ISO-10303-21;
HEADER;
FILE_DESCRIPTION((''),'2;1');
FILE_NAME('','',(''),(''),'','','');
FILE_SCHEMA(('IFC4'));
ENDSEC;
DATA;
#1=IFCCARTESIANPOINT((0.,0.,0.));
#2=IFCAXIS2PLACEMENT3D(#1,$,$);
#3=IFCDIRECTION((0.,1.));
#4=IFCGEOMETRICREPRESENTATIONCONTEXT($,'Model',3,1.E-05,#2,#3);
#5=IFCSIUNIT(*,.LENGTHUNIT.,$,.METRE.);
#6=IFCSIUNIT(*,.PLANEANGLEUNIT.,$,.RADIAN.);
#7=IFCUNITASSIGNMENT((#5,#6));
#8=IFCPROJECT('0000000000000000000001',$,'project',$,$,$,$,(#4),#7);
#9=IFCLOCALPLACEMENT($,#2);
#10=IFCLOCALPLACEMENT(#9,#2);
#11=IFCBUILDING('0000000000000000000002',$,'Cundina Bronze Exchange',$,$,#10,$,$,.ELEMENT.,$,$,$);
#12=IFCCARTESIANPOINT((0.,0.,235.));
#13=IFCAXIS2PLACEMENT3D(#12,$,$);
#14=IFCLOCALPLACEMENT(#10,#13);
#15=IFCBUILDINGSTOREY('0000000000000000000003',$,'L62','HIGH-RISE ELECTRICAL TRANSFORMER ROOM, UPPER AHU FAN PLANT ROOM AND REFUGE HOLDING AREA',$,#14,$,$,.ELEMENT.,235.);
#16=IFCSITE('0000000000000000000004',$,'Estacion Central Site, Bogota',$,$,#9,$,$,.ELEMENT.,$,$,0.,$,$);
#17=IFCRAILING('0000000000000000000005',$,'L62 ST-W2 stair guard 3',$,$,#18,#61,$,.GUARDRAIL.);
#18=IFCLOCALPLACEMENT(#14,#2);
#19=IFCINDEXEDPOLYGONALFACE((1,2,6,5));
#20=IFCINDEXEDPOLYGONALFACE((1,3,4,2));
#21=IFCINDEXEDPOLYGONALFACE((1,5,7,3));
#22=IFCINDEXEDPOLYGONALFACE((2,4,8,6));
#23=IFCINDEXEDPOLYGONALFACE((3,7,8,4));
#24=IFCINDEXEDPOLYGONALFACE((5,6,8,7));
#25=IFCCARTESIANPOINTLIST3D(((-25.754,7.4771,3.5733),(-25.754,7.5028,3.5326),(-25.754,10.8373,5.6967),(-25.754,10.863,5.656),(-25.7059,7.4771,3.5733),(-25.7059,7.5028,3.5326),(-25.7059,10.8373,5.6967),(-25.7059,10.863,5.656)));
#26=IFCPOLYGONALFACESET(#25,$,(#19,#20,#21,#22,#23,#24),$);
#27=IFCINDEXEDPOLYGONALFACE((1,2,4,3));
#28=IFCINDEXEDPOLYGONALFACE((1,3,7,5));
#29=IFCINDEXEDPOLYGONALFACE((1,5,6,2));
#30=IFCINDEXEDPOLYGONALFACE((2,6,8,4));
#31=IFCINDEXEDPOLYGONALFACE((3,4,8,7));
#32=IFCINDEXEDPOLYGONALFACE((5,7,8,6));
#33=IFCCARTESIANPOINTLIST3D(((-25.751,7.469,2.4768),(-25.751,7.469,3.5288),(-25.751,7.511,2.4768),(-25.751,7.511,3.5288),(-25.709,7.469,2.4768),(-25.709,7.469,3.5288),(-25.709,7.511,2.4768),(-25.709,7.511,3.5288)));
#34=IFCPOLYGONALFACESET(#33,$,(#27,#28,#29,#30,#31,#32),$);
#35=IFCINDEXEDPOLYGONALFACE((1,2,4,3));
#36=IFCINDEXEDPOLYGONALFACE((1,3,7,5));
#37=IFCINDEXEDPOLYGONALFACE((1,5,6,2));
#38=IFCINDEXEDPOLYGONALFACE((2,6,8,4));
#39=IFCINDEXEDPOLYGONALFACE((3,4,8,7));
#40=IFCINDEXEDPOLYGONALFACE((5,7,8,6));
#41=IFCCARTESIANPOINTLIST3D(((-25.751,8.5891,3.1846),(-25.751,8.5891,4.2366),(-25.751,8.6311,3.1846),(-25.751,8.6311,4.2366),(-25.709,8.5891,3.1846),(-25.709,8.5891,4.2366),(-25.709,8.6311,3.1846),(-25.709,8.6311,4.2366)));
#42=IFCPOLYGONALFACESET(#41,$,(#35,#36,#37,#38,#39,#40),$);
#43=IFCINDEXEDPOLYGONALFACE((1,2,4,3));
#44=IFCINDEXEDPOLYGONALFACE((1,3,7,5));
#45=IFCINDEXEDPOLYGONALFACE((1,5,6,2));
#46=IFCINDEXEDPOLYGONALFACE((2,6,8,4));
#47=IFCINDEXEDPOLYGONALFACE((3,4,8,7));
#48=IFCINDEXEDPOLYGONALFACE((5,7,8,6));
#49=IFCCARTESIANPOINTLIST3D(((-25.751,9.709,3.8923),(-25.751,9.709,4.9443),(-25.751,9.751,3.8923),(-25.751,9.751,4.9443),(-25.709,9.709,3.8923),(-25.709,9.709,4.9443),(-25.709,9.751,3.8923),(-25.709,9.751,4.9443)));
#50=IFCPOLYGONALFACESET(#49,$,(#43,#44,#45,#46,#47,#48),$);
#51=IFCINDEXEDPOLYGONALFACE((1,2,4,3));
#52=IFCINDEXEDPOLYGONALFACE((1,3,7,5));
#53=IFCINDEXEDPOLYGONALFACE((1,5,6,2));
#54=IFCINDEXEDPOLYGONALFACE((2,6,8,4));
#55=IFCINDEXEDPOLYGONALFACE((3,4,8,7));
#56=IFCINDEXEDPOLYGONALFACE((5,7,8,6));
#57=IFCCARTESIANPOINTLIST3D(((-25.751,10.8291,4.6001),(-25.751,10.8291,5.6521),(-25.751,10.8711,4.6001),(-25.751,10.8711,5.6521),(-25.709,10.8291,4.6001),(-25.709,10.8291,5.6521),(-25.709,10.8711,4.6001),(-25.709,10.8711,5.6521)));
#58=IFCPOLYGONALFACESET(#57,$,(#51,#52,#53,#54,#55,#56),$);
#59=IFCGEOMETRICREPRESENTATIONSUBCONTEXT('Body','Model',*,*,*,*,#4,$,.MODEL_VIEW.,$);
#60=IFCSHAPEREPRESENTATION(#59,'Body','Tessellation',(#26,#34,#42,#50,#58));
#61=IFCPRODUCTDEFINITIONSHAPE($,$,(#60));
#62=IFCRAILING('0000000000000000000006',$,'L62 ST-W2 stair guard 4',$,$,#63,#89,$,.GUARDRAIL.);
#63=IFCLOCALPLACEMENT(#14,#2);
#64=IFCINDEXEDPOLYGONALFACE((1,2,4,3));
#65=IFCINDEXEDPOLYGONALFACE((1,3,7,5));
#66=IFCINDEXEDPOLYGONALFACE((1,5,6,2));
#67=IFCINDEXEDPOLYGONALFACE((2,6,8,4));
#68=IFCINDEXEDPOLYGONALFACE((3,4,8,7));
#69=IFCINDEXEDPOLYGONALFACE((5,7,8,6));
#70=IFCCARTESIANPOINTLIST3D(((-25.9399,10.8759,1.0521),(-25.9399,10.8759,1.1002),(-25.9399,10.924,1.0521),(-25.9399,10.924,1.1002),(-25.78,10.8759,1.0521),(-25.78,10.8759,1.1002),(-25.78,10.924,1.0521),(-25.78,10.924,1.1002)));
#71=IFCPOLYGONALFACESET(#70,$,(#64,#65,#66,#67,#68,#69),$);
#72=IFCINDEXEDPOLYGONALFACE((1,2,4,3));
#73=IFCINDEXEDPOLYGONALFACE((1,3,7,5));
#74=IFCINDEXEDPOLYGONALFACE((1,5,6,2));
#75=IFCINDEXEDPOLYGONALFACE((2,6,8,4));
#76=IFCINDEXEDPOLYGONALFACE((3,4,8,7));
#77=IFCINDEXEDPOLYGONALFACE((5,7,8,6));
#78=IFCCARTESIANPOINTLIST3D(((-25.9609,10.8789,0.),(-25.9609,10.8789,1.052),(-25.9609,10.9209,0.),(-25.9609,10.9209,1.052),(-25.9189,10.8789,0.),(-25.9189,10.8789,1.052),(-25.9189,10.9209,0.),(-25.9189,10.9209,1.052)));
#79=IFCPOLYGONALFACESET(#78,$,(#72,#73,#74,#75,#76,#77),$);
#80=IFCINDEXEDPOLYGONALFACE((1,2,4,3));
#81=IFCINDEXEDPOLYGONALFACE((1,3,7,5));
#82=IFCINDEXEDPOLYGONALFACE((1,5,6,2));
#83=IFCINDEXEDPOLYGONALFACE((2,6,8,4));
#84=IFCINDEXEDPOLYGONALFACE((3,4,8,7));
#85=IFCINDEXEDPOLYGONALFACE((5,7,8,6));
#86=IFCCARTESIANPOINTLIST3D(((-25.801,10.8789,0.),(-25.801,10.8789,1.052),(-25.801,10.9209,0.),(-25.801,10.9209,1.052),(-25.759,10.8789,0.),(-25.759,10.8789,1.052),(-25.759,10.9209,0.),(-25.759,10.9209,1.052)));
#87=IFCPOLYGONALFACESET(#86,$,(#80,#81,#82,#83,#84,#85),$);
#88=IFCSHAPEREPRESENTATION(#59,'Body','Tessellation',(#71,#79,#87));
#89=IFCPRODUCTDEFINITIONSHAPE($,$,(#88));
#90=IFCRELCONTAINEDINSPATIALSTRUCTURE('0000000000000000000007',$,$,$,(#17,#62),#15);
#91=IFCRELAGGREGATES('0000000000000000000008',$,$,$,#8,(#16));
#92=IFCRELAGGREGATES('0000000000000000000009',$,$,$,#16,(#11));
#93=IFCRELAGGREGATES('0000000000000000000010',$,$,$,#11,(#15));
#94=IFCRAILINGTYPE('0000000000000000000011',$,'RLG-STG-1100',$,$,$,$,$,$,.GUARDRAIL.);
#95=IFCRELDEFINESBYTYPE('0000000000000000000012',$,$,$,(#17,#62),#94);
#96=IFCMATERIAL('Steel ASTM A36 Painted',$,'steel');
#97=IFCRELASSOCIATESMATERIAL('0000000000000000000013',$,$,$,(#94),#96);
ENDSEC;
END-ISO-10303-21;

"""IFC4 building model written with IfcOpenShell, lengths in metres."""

from ifc_helpers import new_model, si_unit, direction, frame, origin, origin_2d, place, context, subcontext, project, spatial, rectangle, extrude, material, type_object, element, save


model = new_model("IFC4")

# Units and contexts
model_context = context("Model", 3, precision=1e-05, world=origin(), true_north=direction((0.0, 1.0)))
body_context = subcontext(model_context, "Body", "Model", "MODEL_VIEW")
ifc_project = project(units=[si_unit("LENGTHUNIT", "METRE"), si_unit("PLANEANGLEUNIT", "RADIAN")], contexts=[model_context])

# Site, building, storey
site_placement = place(None, origin())
site = spatial("IfcSite", under=ifc_project, at=site_placement, Name="Estacion Central Site, Bogota", CompositionType="ELEMENT", RefElevation=0.0)
building_placement = place(site_placement, origin())
building = spatial("IfcBuilding", under=site, at=building_placement, Name="Cundina Bronze Exchange", CompositionType="ELEMENT")
storey_placement = place(building_placement, frame((0.0, 0.0, 235.0)))
storey = spatial("IfcBuildingStorey", under=building, at=storey_placement, Name="L62", Description="HIGH-RISE ELECTRICAL TRANSFORMER ROOM, UPPER AHU FAN PLANT ROOM AND REFUGE HOLDING AREA", CompositionType="ELEMENT", Elevation=235.0)

# Shared definitions
ifc_material_1 = material(Name="Steel ASTM A36 Painted", Category="steel")

# Railings
railing_type_1 = type_object("IfcRailingType", Name="RLG-STG-1100", PredefinedType="GUARDRAIL", material=ifc_material_1)
railing_1_placement = place(storey_placement, frame((-25.73, 7.49, 2.4768)))
element("IfcRailing", 1, at=railing_1_placement, inside=storey, type_object=railing_type_1, Name="L62 ST-W2 stair guard 3", PredefinedType="GUARDRAIL", context=body_context, shape_type="SweptSolid", body=[
    extrude(rectangle(XDim=0.0481, YDim=0.0481, at=origin_2d()), frame((0.0, 0.0, 1.0762), z_axis=(0.0, 0.845362, 0.534194), x_axis=(-1.0, 0.0, 0.0)), (0.0, 0.0, 1.0), 3.9749),
    extrude(rectangle(XDim=0.042, YDim=0.042, at=origin_2d()), origin(), (0.0, 0.0, 1.0), 1.052),
    extrude(rectangle(XDim=0.042, YDim=0.042, at=origin_2d()), frame((0.0, 1.1201, 0.7078)), (0.0, 0.0, 1.0), 1.052),
    extrude(rectangle(XDim=0.042, YDim=0.042, at=origin_2d()), frame((0.0, 2.24, 1.4155)), (0.0, 0.0, 1.0), 1.052),
    extrude(rectangle(XDim=0.042, YDim=0.042, at=origin_2d()), frame((0.0, 3.3601, 2.1233)), (0.0, 0.0, 1.0), 1.052),
])
railing_2_placement = place(storey_placement, frame((-25.9399, 10.8999, 0.0)))
element("IfcRailing", 2, at=railing_2_placement, inside=storey, type_object=railing_type_1, Name="L62 ST-W2 stair guard 4", PredefinedType="GUARDRAIL", context=body_context, shape_type="SweptSolid", body=[
    extrude(rectangle(XDim=0.0481, YDim=0.0481, at=origin_2d()), frame((0.0, 0.0, 1.0762), z_axis=(1.0, 0.0, 0.0), x_axis=(0.0, 1.0, 0.0)), (0.0, 0.0, 1.0), 0.1599),
    extrude(rectangle(XDim=0.042, YDim=0.042, at=origin_2d()), origin(), (0.0, 0.0, 1.0), 1.052),
    extrude(rectangle(XDim=0.042, YDim=0.042, at=origin_2d()), frame((0.1599, 0.0, 0.0)), (0.0, 0.0, 1.0), 1.052),
])

save(model, "model.ifc")
